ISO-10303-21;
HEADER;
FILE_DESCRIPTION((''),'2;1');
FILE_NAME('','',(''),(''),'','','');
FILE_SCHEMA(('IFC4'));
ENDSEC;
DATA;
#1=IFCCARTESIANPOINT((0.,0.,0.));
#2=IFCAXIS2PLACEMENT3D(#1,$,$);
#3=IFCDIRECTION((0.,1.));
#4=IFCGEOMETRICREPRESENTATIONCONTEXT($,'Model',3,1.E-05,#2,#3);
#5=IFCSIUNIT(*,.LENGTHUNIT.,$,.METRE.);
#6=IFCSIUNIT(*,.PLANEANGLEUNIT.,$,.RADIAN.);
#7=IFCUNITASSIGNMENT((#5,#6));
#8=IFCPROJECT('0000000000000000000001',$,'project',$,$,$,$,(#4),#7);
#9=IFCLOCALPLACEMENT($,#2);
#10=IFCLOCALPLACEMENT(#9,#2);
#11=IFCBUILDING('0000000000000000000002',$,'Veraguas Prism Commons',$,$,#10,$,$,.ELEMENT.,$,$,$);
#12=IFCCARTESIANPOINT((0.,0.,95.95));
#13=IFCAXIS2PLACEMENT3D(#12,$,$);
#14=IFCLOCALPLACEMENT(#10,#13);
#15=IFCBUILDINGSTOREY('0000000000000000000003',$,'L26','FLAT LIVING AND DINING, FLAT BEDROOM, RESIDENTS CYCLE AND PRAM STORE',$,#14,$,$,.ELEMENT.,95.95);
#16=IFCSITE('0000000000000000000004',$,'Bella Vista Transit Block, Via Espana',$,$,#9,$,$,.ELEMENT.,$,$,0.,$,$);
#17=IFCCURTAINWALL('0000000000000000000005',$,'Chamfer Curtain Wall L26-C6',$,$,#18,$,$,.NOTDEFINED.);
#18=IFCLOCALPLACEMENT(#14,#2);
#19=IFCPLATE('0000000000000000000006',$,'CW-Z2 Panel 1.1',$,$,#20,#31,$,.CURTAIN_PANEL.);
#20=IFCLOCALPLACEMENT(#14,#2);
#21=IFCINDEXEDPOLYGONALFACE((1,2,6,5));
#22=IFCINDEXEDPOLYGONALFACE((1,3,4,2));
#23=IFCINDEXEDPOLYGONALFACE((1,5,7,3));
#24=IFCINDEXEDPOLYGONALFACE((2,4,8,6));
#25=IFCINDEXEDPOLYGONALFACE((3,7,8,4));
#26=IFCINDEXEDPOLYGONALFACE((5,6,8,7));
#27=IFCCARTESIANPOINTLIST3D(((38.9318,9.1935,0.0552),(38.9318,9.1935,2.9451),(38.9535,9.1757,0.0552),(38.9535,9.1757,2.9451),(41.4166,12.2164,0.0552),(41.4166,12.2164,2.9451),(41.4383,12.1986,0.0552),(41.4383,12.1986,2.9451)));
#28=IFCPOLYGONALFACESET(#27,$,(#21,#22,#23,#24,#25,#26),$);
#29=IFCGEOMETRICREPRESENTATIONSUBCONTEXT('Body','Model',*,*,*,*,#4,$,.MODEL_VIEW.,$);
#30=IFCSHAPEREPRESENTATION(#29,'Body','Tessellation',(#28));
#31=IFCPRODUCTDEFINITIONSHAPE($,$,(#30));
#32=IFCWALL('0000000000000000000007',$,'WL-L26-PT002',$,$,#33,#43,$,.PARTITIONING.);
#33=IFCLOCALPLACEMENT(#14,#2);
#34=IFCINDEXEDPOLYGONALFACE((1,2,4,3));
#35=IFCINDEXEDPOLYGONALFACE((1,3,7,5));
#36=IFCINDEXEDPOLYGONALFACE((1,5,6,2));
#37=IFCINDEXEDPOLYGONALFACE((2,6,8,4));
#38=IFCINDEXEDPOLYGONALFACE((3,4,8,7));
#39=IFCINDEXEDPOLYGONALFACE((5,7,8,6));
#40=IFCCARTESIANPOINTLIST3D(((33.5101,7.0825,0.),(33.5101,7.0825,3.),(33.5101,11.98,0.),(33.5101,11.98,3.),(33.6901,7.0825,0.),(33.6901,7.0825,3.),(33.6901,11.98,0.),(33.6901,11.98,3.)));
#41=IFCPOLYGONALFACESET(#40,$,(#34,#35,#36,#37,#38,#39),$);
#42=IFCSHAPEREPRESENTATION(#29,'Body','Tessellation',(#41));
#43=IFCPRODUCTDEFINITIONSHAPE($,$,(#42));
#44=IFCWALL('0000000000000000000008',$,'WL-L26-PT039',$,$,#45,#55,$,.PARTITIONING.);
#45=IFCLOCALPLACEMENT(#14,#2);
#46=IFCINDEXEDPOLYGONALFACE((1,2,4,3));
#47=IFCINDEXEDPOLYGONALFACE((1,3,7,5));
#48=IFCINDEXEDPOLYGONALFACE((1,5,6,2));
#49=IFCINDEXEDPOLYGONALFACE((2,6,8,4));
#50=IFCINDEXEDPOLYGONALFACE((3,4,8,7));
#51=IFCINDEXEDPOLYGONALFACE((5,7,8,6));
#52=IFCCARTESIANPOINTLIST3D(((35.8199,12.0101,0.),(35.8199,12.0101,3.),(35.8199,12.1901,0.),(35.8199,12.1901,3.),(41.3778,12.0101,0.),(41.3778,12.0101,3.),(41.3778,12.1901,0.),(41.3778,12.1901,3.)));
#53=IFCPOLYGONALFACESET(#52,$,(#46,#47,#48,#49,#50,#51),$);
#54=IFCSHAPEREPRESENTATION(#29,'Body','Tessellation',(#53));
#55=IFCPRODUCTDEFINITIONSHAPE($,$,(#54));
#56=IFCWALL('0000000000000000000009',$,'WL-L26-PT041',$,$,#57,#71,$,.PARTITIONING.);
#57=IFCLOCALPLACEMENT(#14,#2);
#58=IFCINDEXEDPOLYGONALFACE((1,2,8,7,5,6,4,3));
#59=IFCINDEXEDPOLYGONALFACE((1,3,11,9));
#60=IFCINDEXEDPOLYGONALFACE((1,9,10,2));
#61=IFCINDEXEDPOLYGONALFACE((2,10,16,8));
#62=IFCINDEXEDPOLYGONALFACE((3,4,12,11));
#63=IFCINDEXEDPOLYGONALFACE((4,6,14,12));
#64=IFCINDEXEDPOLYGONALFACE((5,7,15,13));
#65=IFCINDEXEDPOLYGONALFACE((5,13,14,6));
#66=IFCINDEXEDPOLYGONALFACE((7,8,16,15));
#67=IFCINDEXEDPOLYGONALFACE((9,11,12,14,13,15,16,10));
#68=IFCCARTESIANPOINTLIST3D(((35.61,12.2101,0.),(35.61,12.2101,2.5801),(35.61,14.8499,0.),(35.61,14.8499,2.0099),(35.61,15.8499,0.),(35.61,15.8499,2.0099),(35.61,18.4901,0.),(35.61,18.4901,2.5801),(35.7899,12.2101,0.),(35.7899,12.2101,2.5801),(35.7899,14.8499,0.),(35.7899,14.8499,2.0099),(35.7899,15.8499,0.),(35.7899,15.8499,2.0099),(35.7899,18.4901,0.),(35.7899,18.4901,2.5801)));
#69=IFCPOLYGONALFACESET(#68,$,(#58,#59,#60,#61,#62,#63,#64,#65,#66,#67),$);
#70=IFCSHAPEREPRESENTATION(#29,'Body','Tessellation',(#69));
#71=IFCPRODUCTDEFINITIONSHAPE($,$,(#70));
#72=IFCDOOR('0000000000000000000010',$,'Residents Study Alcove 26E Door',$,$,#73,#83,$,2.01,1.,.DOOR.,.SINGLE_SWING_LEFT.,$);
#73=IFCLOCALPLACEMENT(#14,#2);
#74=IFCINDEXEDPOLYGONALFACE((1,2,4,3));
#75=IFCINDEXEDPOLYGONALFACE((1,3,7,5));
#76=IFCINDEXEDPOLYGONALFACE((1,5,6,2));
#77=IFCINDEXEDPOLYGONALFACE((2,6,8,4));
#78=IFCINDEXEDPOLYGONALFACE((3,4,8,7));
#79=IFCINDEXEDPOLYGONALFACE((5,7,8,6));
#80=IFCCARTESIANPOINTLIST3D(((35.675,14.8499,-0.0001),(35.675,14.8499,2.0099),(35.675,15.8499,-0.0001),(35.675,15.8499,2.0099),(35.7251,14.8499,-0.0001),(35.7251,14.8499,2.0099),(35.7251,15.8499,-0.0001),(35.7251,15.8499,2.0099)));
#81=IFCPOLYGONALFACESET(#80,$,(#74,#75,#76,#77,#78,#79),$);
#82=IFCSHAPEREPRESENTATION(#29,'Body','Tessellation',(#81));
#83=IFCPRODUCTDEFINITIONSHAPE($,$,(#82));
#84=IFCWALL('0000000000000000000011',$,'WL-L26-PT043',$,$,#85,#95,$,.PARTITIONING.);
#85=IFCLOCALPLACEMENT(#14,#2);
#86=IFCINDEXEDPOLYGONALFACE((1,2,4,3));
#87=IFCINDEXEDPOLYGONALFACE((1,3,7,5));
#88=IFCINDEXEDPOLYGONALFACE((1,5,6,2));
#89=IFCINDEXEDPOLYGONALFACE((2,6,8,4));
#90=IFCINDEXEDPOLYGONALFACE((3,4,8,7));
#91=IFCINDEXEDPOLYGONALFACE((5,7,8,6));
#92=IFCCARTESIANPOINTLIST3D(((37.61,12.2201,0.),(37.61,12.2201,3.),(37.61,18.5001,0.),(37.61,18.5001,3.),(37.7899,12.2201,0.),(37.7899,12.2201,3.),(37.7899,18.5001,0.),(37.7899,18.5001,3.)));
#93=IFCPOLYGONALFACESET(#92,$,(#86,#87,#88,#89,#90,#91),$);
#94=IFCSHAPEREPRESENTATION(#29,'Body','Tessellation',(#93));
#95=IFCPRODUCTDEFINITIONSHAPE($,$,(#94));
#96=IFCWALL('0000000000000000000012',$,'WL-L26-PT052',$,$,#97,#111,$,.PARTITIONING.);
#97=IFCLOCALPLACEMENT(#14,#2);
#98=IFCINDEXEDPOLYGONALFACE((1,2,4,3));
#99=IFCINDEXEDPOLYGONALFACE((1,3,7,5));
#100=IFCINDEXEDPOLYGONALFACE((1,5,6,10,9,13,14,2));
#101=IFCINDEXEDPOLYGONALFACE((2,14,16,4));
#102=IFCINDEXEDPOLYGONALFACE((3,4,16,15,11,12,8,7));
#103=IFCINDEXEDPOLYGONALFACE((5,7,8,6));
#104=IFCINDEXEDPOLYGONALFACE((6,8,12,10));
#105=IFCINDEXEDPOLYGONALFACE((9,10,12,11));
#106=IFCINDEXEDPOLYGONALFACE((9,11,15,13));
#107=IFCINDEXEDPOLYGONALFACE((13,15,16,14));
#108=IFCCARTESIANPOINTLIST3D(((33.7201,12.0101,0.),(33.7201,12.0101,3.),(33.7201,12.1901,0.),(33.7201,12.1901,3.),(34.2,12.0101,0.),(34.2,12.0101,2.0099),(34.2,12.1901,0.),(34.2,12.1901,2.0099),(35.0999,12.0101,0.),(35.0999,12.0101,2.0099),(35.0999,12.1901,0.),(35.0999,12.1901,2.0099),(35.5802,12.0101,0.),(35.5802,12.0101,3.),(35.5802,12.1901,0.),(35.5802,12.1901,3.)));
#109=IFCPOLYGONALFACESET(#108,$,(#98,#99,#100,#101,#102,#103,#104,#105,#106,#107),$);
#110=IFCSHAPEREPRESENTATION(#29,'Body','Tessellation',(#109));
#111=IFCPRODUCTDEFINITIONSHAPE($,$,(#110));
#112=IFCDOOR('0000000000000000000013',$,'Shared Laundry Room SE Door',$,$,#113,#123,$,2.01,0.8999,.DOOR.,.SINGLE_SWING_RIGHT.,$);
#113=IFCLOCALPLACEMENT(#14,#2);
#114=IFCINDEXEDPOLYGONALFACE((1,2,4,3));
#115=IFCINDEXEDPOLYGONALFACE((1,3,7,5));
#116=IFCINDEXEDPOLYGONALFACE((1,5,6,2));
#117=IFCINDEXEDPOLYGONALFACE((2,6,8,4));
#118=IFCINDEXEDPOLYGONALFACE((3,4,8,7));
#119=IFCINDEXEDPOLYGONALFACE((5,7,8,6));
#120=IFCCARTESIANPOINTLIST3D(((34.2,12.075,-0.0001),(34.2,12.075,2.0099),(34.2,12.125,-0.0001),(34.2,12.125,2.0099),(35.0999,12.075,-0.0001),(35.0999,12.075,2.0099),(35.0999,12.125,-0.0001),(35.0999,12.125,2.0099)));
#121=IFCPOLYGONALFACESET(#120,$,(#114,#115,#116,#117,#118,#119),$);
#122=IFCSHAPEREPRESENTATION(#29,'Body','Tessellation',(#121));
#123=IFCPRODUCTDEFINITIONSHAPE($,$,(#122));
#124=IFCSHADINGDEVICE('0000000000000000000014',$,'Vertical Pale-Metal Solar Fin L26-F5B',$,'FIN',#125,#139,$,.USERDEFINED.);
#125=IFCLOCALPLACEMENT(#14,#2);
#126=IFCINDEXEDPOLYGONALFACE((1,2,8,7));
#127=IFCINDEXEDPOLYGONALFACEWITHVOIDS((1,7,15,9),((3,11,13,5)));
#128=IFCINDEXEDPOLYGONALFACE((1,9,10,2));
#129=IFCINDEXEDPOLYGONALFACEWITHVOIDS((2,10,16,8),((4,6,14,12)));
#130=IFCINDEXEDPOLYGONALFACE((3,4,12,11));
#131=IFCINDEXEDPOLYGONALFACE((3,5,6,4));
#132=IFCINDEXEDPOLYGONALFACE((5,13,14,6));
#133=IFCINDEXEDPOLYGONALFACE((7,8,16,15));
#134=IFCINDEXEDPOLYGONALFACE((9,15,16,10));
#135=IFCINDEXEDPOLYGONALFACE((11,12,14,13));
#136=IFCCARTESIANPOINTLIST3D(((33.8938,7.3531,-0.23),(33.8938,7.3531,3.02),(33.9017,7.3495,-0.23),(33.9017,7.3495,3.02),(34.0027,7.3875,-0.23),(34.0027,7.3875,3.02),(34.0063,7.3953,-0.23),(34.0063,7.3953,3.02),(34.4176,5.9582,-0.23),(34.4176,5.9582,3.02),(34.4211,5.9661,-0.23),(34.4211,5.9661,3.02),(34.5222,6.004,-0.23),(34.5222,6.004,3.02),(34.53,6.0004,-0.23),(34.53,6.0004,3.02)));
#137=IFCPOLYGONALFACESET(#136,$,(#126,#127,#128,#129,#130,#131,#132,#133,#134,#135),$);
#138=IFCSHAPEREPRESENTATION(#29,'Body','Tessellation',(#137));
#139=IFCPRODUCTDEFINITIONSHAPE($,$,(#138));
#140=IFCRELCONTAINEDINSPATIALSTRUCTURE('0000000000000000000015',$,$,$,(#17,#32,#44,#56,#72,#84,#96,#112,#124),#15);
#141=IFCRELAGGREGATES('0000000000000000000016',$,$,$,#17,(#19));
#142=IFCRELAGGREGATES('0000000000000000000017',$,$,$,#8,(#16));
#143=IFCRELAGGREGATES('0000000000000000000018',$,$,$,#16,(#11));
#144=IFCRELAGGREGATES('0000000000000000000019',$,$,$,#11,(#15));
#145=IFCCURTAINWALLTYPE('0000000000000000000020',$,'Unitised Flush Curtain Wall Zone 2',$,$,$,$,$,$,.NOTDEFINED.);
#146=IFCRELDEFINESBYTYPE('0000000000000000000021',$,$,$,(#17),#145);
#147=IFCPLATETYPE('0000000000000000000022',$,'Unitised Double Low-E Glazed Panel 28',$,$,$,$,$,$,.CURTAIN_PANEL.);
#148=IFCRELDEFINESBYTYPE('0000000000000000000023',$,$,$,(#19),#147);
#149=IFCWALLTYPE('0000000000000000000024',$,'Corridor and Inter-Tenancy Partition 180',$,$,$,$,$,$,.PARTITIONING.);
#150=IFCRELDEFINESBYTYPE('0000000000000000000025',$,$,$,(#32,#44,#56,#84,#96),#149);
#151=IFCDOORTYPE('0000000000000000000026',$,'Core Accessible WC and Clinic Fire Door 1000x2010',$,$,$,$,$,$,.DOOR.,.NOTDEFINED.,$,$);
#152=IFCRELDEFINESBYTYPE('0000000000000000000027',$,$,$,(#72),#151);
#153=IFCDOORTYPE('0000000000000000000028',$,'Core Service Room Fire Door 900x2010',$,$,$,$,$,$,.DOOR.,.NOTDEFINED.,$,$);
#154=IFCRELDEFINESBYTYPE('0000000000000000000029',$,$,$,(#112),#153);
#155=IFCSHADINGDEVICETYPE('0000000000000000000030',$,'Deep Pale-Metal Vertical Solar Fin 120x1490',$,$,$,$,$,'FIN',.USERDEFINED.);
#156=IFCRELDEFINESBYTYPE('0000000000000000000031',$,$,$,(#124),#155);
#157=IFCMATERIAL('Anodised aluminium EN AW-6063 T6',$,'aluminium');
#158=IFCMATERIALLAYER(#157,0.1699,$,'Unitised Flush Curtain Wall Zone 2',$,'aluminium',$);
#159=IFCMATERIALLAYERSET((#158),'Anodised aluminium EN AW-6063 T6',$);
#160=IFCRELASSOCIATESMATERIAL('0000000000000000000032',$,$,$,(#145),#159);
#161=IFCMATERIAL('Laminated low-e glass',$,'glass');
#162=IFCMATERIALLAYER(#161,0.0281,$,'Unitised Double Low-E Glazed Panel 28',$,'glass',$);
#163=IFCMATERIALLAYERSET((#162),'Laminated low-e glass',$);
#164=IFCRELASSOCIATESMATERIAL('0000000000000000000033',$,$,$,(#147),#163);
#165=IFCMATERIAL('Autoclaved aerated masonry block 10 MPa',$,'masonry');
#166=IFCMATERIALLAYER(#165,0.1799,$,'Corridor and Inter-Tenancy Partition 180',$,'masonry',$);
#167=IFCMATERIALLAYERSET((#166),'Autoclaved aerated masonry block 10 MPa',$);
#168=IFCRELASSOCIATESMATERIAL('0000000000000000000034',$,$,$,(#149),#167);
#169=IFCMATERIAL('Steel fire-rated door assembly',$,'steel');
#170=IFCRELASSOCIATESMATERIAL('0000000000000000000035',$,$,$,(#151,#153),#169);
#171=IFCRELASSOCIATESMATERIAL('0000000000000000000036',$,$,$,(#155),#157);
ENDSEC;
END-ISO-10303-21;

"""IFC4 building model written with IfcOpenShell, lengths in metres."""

from ifc_helpers import new_model, si_unit, direction, frame, frame_2d, origin, origin_2d, place, context, subcontext, project, spatial, rectangle, hollow_rectangle, extrude, source, transform, mapped, material, layer, layer_set, material_profile, profile_set, type_object, element, fill, aggregate, save


model = new_model("IFC4")

# Units and contexts
model_context = context("Model", 3, precision=1e-05, world=origin(), true_north=direction((0.0, 1.0)))
body_context = subcontext(model_context, "Body", "Model", "MODEL_VIEW")
ifc_project = project(units=[si_unit("LENGTHUNIT", "METRE"), si_unit("PLANEANGLEUNIT", "RADIAN")], contexts=[model_context])

# Site, building, storey
site_placement = place(None, origin())
site = spatial("IfcSite", under=ifc_project, at=site_placement, Name="Bella Vista Transit Block, Via Espana", CompositionType="ELEMENT", RefElevation=0.0)
building_placement = place(site_placement, origin())
building = spatial("IfcBuilding", under=site, at=building_placement, Name="Veraguas Prism Commons", CompositionType="ELEMENT")
storey_placement = place(building_placement, frame((0.0, 0.0, 95.95)))
storey = spatial("IfcBuildingStorey", under=building, at=storey_placement, Name="L26", Description="FLAT LIVING AND DINING, FLAT BEDROOM, RESIDENTS CYCLE AND PRAM STORE", CompositionType="ELEMENT", Elevation=95.95)

# Shared definitions
ifc_material_1 = material(Name="Anodised aluminium EN AW-6063 T6", Category="aluminium")
ifc_layer_1 = layer(ifc_material_1, 0.1699, Name="Unitised Flush Curtain Wall Zone 2", Category="aluminium")
ifc_layer_set_1 = layer_set([ifc_layer_1], Name="Anodised aluminium EN AW-6063 T6")
curtain_wall_type = type_object("IfcCurtainWallType", Name="Unitised Flush Curtain Wall Zone 2", PredefinedType="NOTDEFINED", material=ifc_layer_set_1)

# Curtain wall
curtain_wall_1_placement = place(storey_placement, origin())
curtain_wall_1 = element("IfcCurtainWall", 1, at=curtain_wall_1_placement, inside=storey, type_object=curtain_wall_type, Name="Chamfer Curtain Wall L26-C6", PredefinedType="NOTDEFINED")

# Plate
ifc_material_2 = material(Name="Laminated low-e glass", Category="glass")
ifc_layer_2 = layer(ifc_material_2, 0.0281, Name="Unitised Double Low-E Glazed Panel 28", Category="glass")
ifc_layer_set_2 = layer_set([ifc_layer_2], Name="Laminated low-e glass")
plate_type = type_object("IfcPlateType", Name="Unitised Double Low-E Glazed Panel 28", PredefinedType="CURTAIN_PANEL", material=ifc_layer_set_2)
shared_shape_1 = source(origin(), body_context, "Body", "SweptSolid", [
    extrude(rectangle(XDim=3.9131, YDim=0.0281, at=origin_2d()), origin(), (0.0, 0.0, 1.0), 2.8899),
])
plate_1_placement = place(storey_placement, frame((40.1851, 10.696, 0.0552), z_axis=(0.0, 0.0, 1.0), x_axis=(0.635012, 0.772502, 0.0)))
plate_1 = element("IfcPlate", 2, at=plate_1_placement, type_object=plate_type, Name="CW-Z2 Panel 1.1", PredefinedType="CURTAIN_PANEL", context=body_context, shape_type="MappedRepresentation", body=[
    mapped(shared_shape_1, transform((0.0, 0.0, 0.0), scale=1.0)),
])
aggregate(curtain_wall_1, [plate_1])

# Walls
ifc_material_3 = material(Name="Autoclaved aerated masonry block 10 MPa", Category="masonry")
ifc_layer_3 = layer(ifc_material_3, 0.1799, Name="Corridor and Inter-Tenancy Partition 180", Category="masonry")
ifc_layer_set_3 = layer_set([ifc_layer_3], Name="Autoclaved aerated masonry block 10 MPa")
wall_type = type_object("IfcWallType", Name="Corridor and Inter-Tenancy Partition 180", PredefinedType="PARTITIONING", material=ifc_layer_set_3)
wall_1_placement = place(storey_placement, frame((33.6001, 11.98, 0.0), z_axis=(0.0, 0.0, 1.0), x_axis=(0.0, -1.0, 0.0)))
element("IfcWall", 3, at=wall_1_placement, inside=storey, type_object=wall_type, Name="WL-L26-PT002", PredefinedType="PARTITIONING", context=body_context, shape_type="SweptSolid", body=[
    extrude(rectangle(XDim=4.8975, YDim=0.1799, at=frame_2d((2.4487, 0.0))), origin(), (0.0, 0.0, 1.0), 3.0),
])
wall_2_placement = place(storey_placement, frame((35.8201, 12.1001, 0.0), z_axis=(0.0, 0.0, 1.0), x_axis=(1.0, 0.0, 0.0)))
element("IfcWall", 4, at=wall_2_placement, inside=storey, type_object=wall_type, Name="WL-L26-PT039", PredefinedType="PARTITIONING", context=body_context, shape_type="SweptSolid", body=[
    extrude(rectangle(XDim=5.5579, YDim=0.1799, at=frame_2d((2.7788, 0.0))), origin(), (0.0, 0.0, 1.0), 3.0),
])

# Wall, opening, door
wall_3_placement = place(storey_placement, frame((35.7, 12.21, 0.0), z_axis=(0.0, 0.0, 1.0), x_axis=(0.0, 1.0, 0.0)))
wall_3 = element("IfcWall", 5, at=wall_3_placement, inside=storey, type_object=wall_type, Name="WL-L26-PT041", PredefinedType="PARTITIONING", context=body_context, shape_type="SweptSolid", body=[
    extrude(rectangle(XDim=6.28, YDim=0.1799, at=frame_2d((3.1401, 0.0))), origin(), (0.0, 0.0, 1.0), 2.5801),
])
opening_1_placement = place(wall_3_placement, frame((2.6399, 0.0, 0.0)))
opening_1 = element("IfcOpeningElement", 6, at=opening_1_placement, cuts=wall_3, PredefinedType="OPENING", context=body_context, shape_type="SweptSolid", body=[
    extrude(rectangle(XDim=1.0, YDim=2.01, at=frame_2d((0.5, 1.0049))), frame((0.0, 0.0999, 0.0), z_axis=(0.0, -1.0, 0.0), x_axis=(1.0, 0.0, 0.0)), (0.0, 0.0, 1.0), 0.2),
])
ifc_material_4 = material(Name="Steel fire-rated door assembly", Category="steel")
door_type_1 = type_object("IfcDoorType", Name="Core Accessible WC and Clinic Fire Door 1000x2010", OperationType="NOTDEFINED", PredefinedType="DOOR", material=ifc_material_4)
shared_shape_2 = source(origin(), body_context, "Body", "SweptSolid", [
    extrude(rectangle(XDim=1.0, YDim=2.01, at=frame_2d((0.5, 1.0049))), frame((0.0, 0.0249, 0.0), z_axis=(0.0, -1.0, 0.0), x_axis=(1.0, 0.0, 0.0)), (0.0, 0.0, 1.0), 0.05),
])
door_1_placement = place(opening_1_placement, origin())
door_1 = element("IfcDoor", 7, at=door_1_placement, inside=storey, type_object=door_type_1, Name="Residents Study Alcove 26E Door", OperationType="SINGLE_SWING_LEFT", OverallHeight=2.01, OverallWidth=1.0, PredefinedType="DOOR", context=body_context, shape_type="MappedRepresentation", body=[
    mapped(shared_shape_2, transform((0.0, 0.0, 0.0), scale=1.0)),
])
fill(opening_1, door_1)

# Wall
wall_4_placement = place(storey_placement, frame((37.7, 12.22, 0.0), z_axis=(0.0, 0.0, 1.0), x_axis=(0.0, 1.0, 0.0)))
element("IfcWall", 8, at=wall_4_placement, inside=storey, type_object=wall_type, Name="WL-L26-PT043", PredefinedType="PARTITIONING", context=body_context, shape_type="SweptSolid", body=[
    extrude(rectangle(XDim=6.28, YDim=0.1799, at=frame_2d((3.1401, 0.0))), origin(), (0.0, 0.0, 1.0), 3.0),
])

# Wall, opening, door
wall_5_placement = place(storey_placement, frame((33.72, 12.1001, 0.0), z_axis=(0.0, 0.0, 1.0), x_axis=(1.0, 0.0, 0.0)))
wall_5 = element("IfcWall", 9, at=wall_5_placement, inside=storey, type_object=wall_type, Name="WL-L26-PT052", PredefinedType="PARTITIONING", context=body_context, shape_type="SweptSolid", body=[
    extrude(rectangle(XDim=1.8601, YDim=0.1799, at=frame_2d((0.9302, 0.0))), origin(), (0.0, 0.0, 1.0), 3.0),
])
opening_2_placement = place(wall_5_placement, frame((0.48, 0.0, 0.0)))
opening_2 = element("IfcOpeningElement", 10, at=opening_2_placement, cuts=wall_5, PredefinedType="OPENING", context=body_context, shape_type="SweptSolid", body=[
    extrude(rectangle(XDim=0.8999, YDim=2.01, at=frame_2d((0.45, 1.0049))), frame((0.0, 0.0999, 0.0), z_axis=(0.0, -1.0, 0.0), x_axis=(1.0, 0.0, 0.0)), (0.0, 0.0, 1.0), 0.2),
])
door_type_2 = type_object("IfcDoorType", Name="Core Service Room Fire Door 900x2010", OperationType="NOTDEFINED", PredefinedType="DOOR", material=ifc_material_4)
shared_shape_3 = source(origin(), body_context, "Body", "SweptSolid", [
    extrude(rectangle(XDim=0.8999, YDim=2.01, at=frame_2d((0.45, 1.0049))), frame((0.0, 0.0249, 0.0), z_axis=(0.0, -1.0, 0.0), x_axis=(1.0, 0.0, 0.0)), (0.0, 0.0, 1.0), 0.05),
])
door_2_placement = place(opening_2_placement, origin())
door_2 = element("IfcDoor", 11, at=door_2_placement, inside=storey, type_object=door_type_2, Name="Shared Laundry Room SE Door", OperationType="SINGLE_SWING_RIGHT", OverallHeight=2.01, OverallWidth=0.8999, PredefinedType="DOOR", context=body_context, shape_type="MappedRepresentation", body=[
    mapped(shared_shape_3, transform((0.0, 0.0, 0.0), scale=1.0)),
])
fill(opening_2, door_2)

# Shading device
ifc_material_profile_1 = material_profile(ifc_material_1, hollow_rectangle(XDim=0.1201, YDim=1.49, WallThickness=0.0061, at=origin_2d()), Name="FIN120X1490X6")
ifc_profile_set_1 = profile_set([ifc_material_profile_1], Name="Anodised aluminium EN AW-6063 T6")
shading_device_type = type_object("IfcShadingDeviceType", Name="Deep Pale-Metal Vertical Solar Fin 120x1490", ElementType="FIN", PredefinedType="USERDEFINED", material=ifc_profile_set_1)
shading_device_placement = place(storey_placement, frame((34.2119, 6.6768, -0.23), z_axis=(0.0, 0.0, 1.0), x_axis=(0.936183, 0.351513, 0.0)))
element("IfcShadingDevice", 12, at=shading_device_placement, inside=storey, type_object=shading_device_type, Name="Vertical Pale-Metal Solar Fin L26-F5B", ObjectType="FIN", PredefinedType="USERDEFINED", context=body_context, shape_type="SweptSolid", body=[
    extrude(hollow_rectangle(XDim=0.1201, YDim=1.49, WallThickness=0.0061, at=origin_2d()), origin(), (0.0, 0.0, 1.0), 3.25),
])

save(model, "model.ifc")
